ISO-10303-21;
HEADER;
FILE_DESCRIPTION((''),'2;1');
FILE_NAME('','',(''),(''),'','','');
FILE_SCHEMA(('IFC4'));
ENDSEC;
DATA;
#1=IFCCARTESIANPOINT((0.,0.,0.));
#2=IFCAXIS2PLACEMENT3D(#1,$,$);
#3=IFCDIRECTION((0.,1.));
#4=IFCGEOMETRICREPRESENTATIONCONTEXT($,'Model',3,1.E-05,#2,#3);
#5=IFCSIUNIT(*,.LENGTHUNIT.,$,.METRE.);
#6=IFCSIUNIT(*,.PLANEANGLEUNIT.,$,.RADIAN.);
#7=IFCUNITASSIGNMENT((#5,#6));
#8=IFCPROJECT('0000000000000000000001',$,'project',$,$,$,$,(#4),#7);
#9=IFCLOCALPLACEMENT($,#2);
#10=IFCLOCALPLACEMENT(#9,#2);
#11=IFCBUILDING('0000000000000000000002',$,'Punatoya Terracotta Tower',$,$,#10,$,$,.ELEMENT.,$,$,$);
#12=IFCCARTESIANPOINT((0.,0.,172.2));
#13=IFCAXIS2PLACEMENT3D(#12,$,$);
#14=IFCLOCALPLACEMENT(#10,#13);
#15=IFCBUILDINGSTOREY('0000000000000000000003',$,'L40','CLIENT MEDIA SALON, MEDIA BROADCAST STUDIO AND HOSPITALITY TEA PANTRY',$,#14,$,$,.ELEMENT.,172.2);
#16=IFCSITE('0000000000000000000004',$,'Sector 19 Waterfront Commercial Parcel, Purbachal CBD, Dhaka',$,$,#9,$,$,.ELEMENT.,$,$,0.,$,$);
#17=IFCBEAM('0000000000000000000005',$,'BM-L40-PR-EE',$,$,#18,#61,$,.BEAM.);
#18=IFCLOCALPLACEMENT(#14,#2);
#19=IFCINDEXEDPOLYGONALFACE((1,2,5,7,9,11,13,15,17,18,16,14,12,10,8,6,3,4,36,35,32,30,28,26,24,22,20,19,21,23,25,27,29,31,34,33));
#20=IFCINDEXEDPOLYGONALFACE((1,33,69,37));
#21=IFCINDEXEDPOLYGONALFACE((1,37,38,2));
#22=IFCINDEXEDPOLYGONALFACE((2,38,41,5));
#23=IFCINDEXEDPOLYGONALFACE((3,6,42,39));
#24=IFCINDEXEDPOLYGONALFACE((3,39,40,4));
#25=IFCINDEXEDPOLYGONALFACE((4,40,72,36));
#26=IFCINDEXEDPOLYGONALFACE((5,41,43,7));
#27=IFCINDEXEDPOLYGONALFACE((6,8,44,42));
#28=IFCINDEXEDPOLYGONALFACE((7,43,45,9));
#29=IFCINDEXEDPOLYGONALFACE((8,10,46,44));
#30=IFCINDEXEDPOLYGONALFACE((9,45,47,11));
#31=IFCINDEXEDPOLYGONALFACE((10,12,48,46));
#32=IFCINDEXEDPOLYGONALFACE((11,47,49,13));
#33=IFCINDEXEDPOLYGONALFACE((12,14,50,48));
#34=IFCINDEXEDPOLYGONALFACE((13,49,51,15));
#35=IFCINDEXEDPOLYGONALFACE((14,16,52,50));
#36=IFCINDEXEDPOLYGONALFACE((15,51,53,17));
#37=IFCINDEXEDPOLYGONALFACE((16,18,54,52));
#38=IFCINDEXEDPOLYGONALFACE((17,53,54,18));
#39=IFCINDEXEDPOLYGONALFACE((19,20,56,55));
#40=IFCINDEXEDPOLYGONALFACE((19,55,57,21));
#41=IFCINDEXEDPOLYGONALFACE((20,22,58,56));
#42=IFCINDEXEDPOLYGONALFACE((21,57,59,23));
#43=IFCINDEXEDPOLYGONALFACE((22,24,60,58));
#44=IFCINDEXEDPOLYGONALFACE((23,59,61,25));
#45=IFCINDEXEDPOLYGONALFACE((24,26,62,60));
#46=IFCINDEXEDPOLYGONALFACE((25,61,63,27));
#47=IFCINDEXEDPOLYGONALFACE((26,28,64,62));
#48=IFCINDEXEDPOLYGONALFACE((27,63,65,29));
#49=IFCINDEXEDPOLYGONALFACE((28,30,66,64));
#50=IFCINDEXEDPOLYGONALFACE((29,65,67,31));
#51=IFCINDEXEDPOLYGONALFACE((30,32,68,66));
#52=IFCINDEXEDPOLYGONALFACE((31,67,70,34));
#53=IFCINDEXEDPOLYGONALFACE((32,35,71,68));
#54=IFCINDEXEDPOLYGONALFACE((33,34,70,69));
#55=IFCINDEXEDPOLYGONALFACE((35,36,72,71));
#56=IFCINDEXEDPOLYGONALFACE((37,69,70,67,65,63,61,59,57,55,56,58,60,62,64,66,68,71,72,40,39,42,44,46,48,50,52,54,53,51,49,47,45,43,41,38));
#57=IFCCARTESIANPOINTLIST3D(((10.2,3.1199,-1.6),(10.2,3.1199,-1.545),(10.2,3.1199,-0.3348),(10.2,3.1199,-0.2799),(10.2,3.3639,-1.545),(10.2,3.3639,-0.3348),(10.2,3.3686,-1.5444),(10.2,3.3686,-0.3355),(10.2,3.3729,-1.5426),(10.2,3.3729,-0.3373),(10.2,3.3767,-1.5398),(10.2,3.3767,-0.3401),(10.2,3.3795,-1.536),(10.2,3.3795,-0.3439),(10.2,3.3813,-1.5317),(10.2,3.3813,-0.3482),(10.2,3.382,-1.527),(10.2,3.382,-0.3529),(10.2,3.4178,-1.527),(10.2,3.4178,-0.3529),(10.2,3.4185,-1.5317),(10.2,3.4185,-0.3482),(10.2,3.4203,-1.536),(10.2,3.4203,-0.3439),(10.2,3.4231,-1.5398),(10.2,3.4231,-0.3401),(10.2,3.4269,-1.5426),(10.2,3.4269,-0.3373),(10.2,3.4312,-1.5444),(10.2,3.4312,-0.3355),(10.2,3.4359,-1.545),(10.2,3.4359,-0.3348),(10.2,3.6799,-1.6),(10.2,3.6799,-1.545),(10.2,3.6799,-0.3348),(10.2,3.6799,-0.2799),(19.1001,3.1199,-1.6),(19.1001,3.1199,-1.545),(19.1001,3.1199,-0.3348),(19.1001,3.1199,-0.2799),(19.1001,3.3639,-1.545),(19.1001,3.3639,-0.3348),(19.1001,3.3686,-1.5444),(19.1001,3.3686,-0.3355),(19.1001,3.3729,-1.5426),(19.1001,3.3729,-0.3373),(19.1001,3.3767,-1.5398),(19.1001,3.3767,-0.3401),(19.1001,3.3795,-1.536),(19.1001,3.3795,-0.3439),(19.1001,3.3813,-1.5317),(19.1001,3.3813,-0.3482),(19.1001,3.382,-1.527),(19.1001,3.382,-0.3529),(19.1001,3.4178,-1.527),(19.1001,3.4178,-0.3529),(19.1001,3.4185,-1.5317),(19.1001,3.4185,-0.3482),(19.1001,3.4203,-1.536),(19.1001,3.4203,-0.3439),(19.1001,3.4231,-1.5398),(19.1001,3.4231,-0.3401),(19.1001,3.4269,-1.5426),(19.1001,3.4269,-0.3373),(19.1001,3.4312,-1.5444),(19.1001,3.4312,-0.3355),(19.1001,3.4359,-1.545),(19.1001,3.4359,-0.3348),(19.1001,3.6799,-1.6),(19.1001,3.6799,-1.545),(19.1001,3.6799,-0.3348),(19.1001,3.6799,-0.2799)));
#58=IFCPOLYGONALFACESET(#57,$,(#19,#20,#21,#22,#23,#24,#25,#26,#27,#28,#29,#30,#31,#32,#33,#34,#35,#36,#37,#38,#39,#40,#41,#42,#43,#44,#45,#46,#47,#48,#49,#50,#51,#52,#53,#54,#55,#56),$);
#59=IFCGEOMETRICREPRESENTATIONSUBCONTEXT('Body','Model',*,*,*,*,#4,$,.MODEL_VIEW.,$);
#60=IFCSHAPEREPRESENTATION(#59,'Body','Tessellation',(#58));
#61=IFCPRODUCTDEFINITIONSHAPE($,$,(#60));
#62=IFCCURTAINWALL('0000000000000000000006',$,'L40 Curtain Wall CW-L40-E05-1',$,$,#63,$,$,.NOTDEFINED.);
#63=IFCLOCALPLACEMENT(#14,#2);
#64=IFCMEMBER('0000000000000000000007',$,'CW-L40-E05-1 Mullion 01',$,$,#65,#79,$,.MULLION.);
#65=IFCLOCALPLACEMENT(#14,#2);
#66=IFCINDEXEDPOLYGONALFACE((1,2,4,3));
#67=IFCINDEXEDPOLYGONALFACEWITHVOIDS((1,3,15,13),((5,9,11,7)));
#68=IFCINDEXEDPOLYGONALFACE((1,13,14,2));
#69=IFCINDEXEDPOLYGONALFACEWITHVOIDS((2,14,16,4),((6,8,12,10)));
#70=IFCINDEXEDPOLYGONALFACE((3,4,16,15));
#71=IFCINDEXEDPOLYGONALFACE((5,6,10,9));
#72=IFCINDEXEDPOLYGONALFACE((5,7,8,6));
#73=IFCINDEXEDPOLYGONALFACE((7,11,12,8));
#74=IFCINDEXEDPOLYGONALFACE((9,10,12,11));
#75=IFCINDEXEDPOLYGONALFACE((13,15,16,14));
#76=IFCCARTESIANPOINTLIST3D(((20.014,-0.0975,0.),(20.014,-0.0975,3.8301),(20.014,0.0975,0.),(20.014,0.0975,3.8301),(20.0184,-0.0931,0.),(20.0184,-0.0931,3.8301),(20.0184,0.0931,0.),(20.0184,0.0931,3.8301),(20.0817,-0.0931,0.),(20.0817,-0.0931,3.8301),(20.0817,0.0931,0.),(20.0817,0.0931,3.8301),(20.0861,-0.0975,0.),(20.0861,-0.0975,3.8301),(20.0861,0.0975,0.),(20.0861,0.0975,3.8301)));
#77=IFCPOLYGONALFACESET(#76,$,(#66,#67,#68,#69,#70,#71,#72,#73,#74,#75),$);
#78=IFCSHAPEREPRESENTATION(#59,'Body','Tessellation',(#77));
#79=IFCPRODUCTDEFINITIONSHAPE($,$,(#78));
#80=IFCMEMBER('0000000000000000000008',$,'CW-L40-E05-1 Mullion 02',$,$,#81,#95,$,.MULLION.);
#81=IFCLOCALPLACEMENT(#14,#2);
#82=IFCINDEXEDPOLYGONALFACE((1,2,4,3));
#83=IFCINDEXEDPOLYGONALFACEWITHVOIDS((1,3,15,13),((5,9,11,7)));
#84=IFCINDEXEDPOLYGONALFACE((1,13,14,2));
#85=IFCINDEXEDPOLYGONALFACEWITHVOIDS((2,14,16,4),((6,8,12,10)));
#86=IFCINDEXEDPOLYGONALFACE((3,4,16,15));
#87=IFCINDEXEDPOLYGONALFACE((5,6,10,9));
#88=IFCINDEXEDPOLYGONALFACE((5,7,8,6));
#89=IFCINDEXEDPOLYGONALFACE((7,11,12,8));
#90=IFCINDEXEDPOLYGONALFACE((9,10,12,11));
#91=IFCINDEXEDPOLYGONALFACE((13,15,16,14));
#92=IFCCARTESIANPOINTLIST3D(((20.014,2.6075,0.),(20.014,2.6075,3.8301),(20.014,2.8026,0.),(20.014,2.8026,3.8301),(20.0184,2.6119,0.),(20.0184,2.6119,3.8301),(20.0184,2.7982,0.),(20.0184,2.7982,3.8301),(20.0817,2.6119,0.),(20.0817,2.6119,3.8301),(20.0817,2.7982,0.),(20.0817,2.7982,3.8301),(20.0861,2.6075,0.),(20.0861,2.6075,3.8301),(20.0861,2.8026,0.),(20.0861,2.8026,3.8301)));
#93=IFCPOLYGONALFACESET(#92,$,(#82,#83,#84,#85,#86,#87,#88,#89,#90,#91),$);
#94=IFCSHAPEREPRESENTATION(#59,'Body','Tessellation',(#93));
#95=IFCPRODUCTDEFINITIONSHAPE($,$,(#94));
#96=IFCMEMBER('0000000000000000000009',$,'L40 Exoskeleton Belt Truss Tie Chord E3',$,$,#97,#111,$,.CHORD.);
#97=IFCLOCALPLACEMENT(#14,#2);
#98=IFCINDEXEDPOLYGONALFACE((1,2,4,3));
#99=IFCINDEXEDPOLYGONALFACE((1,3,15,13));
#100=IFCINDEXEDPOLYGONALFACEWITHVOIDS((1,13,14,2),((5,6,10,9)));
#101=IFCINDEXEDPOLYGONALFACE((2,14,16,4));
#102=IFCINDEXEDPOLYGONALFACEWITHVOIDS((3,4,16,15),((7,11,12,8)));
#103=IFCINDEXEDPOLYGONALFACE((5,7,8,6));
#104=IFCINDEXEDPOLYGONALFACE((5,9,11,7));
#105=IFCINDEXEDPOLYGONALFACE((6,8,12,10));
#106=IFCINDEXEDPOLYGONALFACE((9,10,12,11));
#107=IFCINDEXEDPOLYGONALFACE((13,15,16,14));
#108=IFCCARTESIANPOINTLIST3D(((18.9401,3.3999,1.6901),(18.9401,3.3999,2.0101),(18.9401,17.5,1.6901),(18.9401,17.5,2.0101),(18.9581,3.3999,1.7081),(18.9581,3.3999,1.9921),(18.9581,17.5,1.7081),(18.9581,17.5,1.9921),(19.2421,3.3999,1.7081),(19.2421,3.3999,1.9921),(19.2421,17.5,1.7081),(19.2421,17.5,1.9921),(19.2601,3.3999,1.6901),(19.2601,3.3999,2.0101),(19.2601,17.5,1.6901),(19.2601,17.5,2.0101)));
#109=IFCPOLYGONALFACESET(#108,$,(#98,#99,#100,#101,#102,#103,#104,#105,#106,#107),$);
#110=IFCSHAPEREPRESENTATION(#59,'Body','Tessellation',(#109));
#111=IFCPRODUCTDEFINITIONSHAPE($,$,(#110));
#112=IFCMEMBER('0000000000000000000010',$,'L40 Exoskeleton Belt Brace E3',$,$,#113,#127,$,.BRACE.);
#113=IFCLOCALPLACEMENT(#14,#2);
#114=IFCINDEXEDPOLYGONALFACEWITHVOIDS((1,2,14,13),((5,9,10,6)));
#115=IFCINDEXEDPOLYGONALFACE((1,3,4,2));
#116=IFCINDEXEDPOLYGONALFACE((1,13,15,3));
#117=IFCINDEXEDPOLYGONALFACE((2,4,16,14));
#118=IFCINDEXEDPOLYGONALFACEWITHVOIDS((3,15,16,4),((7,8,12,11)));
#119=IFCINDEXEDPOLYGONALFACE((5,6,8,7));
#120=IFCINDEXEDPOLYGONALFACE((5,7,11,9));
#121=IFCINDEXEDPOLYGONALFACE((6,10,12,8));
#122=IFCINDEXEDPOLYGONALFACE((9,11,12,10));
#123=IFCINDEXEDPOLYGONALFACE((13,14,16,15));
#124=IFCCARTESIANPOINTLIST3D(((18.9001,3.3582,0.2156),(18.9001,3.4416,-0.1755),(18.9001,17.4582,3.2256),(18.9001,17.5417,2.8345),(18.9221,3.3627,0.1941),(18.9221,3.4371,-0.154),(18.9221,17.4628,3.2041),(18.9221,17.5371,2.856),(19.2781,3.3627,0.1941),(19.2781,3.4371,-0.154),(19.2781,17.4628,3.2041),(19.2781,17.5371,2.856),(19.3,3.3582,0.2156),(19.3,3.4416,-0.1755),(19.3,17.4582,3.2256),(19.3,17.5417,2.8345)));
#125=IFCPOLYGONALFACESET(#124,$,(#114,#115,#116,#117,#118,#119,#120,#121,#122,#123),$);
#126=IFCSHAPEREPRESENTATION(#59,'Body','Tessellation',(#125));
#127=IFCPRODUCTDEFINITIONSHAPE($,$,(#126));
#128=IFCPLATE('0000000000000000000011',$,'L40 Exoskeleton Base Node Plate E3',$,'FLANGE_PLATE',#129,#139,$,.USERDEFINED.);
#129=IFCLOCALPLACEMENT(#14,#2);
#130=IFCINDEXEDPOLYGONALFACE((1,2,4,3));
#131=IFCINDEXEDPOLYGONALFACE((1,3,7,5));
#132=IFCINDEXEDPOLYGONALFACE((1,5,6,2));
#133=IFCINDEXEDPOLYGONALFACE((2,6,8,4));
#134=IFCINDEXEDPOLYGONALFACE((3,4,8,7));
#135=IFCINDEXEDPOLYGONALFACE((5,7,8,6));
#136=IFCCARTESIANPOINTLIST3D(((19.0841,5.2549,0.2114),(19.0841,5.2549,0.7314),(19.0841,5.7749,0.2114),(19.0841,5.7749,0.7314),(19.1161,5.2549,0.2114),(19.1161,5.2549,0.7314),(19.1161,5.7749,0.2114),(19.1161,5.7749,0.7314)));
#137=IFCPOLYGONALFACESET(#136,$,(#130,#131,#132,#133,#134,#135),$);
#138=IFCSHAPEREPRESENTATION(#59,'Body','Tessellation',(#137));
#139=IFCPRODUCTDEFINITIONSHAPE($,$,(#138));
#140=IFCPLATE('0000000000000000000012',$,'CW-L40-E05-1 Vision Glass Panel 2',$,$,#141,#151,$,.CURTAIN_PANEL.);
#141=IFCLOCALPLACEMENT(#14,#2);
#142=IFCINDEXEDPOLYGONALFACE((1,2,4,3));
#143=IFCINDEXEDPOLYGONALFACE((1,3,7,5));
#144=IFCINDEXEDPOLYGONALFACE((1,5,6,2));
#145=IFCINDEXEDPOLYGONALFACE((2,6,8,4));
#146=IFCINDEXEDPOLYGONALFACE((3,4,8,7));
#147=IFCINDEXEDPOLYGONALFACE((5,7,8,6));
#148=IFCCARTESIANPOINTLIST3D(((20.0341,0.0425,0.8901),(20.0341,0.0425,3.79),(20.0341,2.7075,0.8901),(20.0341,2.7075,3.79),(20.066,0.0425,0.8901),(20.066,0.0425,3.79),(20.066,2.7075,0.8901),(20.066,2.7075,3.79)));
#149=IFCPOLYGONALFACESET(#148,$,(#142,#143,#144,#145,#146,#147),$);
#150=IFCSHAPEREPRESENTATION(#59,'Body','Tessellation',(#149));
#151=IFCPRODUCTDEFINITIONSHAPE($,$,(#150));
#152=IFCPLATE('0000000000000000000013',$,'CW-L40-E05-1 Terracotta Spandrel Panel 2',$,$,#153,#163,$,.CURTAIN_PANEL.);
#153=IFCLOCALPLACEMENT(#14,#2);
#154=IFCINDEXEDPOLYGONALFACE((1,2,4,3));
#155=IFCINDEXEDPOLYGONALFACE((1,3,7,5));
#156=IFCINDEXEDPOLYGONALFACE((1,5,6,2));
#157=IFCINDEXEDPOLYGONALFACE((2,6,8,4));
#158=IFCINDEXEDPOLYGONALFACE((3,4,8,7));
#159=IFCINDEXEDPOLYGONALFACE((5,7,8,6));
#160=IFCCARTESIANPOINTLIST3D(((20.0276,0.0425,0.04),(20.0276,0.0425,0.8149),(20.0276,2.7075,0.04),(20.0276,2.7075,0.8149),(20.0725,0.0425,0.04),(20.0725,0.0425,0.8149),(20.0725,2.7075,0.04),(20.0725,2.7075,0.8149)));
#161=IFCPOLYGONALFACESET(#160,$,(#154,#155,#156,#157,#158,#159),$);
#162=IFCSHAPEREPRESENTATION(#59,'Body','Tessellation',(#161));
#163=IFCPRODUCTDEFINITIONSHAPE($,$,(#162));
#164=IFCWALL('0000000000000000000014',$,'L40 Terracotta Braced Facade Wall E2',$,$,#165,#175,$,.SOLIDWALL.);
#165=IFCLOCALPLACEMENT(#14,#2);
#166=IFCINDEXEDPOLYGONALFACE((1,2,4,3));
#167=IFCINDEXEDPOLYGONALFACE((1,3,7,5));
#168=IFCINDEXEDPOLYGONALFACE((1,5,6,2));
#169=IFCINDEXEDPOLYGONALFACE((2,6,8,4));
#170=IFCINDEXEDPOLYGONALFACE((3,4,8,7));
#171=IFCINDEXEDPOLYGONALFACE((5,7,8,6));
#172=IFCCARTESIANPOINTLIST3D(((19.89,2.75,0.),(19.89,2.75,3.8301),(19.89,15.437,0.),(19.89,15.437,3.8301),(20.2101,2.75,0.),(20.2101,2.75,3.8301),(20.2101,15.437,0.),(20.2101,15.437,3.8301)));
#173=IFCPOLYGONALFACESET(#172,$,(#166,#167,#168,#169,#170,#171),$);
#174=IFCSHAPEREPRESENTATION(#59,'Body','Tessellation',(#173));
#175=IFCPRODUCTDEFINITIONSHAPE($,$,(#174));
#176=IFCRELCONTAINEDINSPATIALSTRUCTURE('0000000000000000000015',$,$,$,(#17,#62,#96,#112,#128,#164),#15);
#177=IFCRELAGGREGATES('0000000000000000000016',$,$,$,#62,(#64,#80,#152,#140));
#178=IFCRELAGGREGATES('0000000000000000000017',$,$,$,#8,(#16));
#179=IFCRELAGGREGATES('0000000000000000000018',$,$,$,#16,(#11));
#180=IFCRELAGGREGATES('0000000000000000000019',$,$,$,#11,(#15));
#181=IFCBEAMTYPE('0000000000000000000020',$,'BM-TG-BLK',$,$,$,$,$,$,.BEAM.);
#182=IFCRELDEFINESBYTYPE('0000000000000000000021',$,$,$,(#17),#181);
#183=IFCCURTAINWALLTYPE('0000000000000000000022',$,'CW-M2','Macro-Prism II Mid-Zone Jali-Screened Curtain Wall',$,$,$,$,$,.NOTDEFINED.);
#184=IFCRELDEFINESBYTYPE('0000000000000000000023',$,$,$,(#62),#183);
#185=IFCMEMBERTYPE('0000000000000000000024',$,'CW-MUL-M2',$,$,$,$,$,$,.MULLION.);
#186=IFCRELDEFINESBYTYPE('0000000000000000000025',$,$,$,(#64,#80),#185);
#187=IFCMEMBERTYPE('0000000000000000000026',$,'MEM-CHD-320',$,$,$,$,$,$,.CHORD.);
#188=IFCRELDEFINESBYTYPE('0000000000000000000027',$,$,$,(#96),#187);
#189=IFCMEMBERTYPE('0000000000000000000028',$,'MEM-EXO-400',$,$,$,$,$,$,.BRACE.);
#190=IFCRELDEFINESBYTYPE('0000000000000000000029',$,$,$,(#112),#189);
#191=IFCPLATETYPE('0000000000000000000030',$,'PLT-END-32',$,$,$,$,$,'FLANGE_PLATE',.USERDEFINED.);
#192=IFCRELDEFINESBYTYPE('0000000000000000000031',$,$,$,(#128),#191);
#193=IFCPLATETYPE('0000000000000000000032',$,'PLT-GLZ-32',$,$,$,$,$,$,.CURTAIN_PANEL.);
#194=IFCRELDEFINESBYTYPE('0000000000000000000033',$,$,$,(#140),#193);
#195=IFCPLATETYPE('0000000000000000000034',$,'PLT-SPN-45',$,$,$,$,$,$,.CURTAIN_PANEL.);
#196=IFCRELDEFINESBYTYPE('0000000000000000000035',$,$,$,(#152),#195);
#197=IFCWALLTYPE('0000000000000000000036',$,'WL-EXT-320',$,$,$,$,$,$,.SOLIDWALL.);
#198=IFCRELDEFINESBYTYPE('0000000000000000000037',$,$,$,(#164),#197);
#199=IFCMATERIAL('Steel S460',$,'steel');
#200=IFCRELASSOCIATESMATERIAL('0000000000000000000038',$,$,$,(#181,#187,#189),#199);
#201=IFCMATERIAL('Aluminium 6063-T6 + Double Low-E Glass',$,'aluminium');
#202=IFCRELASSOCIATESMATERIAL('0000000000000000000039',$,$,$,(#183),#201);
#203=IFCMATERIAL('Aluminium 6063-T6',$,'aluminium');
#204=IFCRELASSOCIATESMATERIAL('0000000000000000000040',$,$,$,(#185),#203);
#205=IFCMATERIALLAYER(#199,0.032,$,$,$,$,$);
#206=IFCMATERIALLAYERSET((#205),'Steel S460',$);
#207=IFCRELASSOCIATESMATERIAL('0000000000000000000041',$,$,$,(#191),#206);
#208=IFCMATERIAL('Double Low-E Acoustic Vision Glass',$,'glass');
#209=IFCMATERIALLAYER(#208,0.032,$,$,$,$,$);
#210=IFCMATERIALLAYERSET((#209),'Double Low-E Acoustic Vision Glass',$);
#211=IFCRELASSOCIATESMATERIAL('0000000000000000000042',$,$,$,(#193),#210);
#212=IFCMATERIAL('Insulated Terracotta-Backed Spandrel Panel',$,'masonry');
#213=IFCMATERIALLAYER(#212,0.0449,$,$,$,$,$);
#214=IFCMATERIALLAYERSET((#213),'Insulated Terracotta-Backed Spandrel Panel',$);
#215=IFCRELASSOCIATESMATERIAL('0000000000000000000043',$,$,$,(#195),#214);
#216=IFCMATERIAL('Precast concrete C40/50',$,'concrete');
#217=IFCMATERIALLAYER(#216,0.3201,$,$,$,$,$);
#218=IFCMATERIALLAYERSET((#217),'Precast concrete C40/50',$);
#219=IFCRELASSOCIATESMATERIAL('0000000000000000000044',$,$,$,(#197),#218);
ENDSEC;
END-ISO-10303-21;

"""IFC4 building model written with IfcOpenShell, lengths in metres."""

from ifc_helpers import new_model, si_unit, direction, frame, frame_2d, origin, origin_2d, place, context, subcontext, project, spatial, rectangle, hollow_rectangle, i_section, extrude, material, layer, layer_set, material_profile, profile_set, type_object, element, aggregate, save


model = new_model("IFC4")

# Units and contexts
model_context = context("Model", 3, precision=1e-05, world=origin(), true_north=direction((0.0, 1.0)))
body_context = subcontext(model_context, "Body", "Model", "MODEL_VIEW")
ifc_project = project(units=[si_unit("LENGTHUNIT", "METRE"), si_unit("PLANEANGLEUNIT", "RADIAN")], contexts=[model_context])

# Site, building, storey
site_placement = place(None, origin())
site = spatial("IfcSite", under=ifc_project, at=site_placement, Name="Sector 19 Waterfront Commercial Parcel, Purbachal CBD, Dhaka", CompositionType="ELEMENT", RefElevation=0.0)
building_placement = place(site_placement, origin())
building = spatial("IfcBuilding", under=site, at=building_placement, Name="Punatoya Terracotta Tower", CompositionType="ELEMENT")
storey_placement = place(building_placement, frame((0.0, 0.0, 172.2)))
storey = spatial("IfcBuildingStorey", under=building, at=storey_placement, Name="L40", Description="CLIENT MEDIA SALON, MEDIA BROADCAST STUDIO AND HOSPITALITY TEA PANTRY", CompositionType="ELEMENT", Elevation=172.2)

# Shared definitions
ifc_material_1 = material(Name="Steel S460", Category="steel")

# Beam
ifc_material_profile_1 = material_profile(ifc_material_1, i_section(OverallWidth=0.5601, OverallDepth=1.3201, WebThickness=0.0359, FlangeThickness=0.0549, FilletRadius=0.0181, at=origin_2d()))
ifc_profile_set_1 = profile_set([ifc_material_profile_1], Name="Steel S460")
beam_type_1 = type_object("IfcBeamType", Name="BM-TG-BLK", PredefinedType="BEAM", material=ifc_profile_set_1)
beam_1_placement = place(storey_placement, frame((10.2, 3.3999, -0.9399), z_axis=(1.0, 0.0, 0.0), x_axis=(0.0, 1.0, 0.0)))
element("IfcBeam", 1, at=beam_1_placement, inside=storey, type_object=beam_type_1, Name="BM-L40-PR-EE", PredefinedType="BEAM", context=body_context, shape_type="SweptSolid", body=[
    extrude(i_section(OverallWidth=0.5601, OverallDepth=1.3201, WebThickness=0.0359, FlangeThickness=0.0549, FilletRadius=0.0181, at=origin_2d()), origin(), (0.0, 0.0, 1.0), 8.9001),
])

# Curtain wall, members
ifc_material_2 = material(Name="Aluminium 6063-T6 + Double Low-E Glass", Category="aluminium")
curtain_wall_type = type_object("IfcCurtainWallType", Name="CW-M2", Description="Macro-Prism II Mid-Zone Jali-Screened Curtain Wall", PredefinedType="NOTDEFINED", material=ifc_material_2)
curtain_wall_placement = place(storey_placement, origin())
curtain_wall = element("IfcCurtainWall", 2, at=curtain_wall_placement, inside=storey, type_object=curtain_wall_type, Name="L40 Curtain Wall CW-L40-E05-1", PredefinedType="NOTDEFINED")
ifc_material_3 = material(Name="Aluminium 6063-T6", Category="aluminium")
ifc_material_profile_2 = material_profile(ifc_material_3, hollow_rectangle(XDim=0.072, YDim=0.1951, WallThickness=0.0044, at=origin_2d()))
ifc_profile_set_2 = profile_set([ifc_material_profile_2], Name="Aluminium 6063-T6")
member_type_1 = type_object("IfcMemberType", Name="CW-MUL-M2", PredefinedType="MULLION", material=ifc_profile_set_2)
member_1_placement = place(storey_placement, frame((20.05, 0.0, 0.0), z_axis=(0.0, 0.0, 1.0), x_axis=(1.0, 0.0, 0.0)))
member_1 = element("IfcMember", 3, at=member_1_placement, type_object=member_type_1, Name="CW-L40-E05-1 Mullion 01", PredefinedType="MULLION", context=body_context, shape_type="SweptSolid", body=[
    extrude(hollow_rectangle(XDim=0.072, YDim=0.1951, WallThickness=0.0044, at=origin_2d()), origin(), (0.0, 0.0, 1.0), 3.8301),
])
member_2_placement = place(storey_placement, frame((20.05, 2.7051, 0.0), z_axis=(0.0, 0.0, 1.0), x_axis=(1.0, 0.0, 0.0)))
member_2 = element("IfcMember", 4, at=member_2_placement, type_object=member_type_1, Name="CW-L40-E05-1 Mullion 02", PredefinedType="MULLION", context=body_context, shape_type="SweptSolid", body=[
    extrude(hollow_rectangle(XDim=0.072, YDim=0.1951, WallThickness=0.0044, at=origin_2d()), origin(), (0.0, 0.0, 1.0), 3.8301),
])

# Members
ifc_material_profile_3 = material_profile(ifc_material_1, hollow_rectangle(XDim=0.3201, YDim=0.3201, WallThickness=0.0181, at=origin_2d()))
ifc_profile_set_3 = profile_set([ifc_material_profile_3], Name="Steel S460")
member_type_2 = type_object("IfcMemberType", Name="MEM-CHD-320", PredefinedType="CHORD", material=ifc_profile_set_3)
member_3_placement = place(storey_placement, frame((19.1001, 3.3999, 1.8501), z_axis=(0.0, 1.0, 0.0), x_axis=(-1.0, 0.0, 0.0)))
element("IfcMember", 5, at=member_3_placement, inside=storey, type_object=member_type_2, Name="L40 Exoskeleton Belt Truss Tie Chord E3", PredefinedType="CHORD", context=body_context, shape_type="SweptSolid", body=[
    extrude(hollow_rectangle(XDim=0.3201, YDim=0.3201, WallThickness=0.0181, at=origin_2d()), origin(), (0.0, 0.0, 1.0), 14.1001),
])
ifc_material_profile_4 = material_profile(ifc_material_1, hollow_rectangle(XDim=0.3999, YDim=0.3999, WallThickness=0.022, at=origin_2d()))
ifc_profile_set_4 = profile_set([ifc_material_profile_4], Name="Steel S460")
member_type_3 = type_object("IfcMemberType", Name="MEM-EXO-400", PredefinedType="BRACE", material=ifc_profile_set_4)
member_4_placement = place(storey_placement, frame((19.1001, 3.3999, 0.02), z_axis=(0.0, 0.977965, 0.20877), x_axis=(-1.0, 0.0, 0.0)))
element("IfcMember", 6, at=member_4_placement, inside=storey, type_object=member_type_3, Name="L40 Exoskeleton Belt Brace E3", PredefinedType="BRACE", context=body_context, shape_type="SweptSolid", body=[
    extrude(hollow_rectangle(XDim=0.3999, YDim=0.3999, WallThickness=0.022, at=origin_2d()), origin(), (0.0, 0.0, 1.0), 14.4177),
])

# Plates
ifc_layer_1 = layer(ifc_material_1, 0.032)
ifc_layer_set_1 = layer_set([ifc_layer_1], Name="Steel S460")
plate_type_1 = type_object("IfcPlateType", Name="PLT-END-32", ElementType="FLANGE_PLATE", PredefinedType="USERDEFINED", material=ifc_layer_set_1)
plate_1_placement = place(storey_placement, frame((19.1001, 5.5149, 0.2114), z_axis=(0.0, 0.0, 1.0), x_axis=(0.0, 1.0, 0.0)))
element("IfcPlate", 7, at=plate_1_placement, inside=storey, type_object=plate_type_1, Name="L40 Exoskeleton Base Node Plate E3", ObjectType="FLANGE_PLATE", PredefinedType="USERDEFINED", context=body_context, shape_type="SweptSolid", body=[
    extrude(rectangle(XDim=0.52, YDim=0.032, at=origin_2d()), origin(), (0.0, 0.0, 1.0), 0.52),
])
ifc_material_4 = material(Name="Double Low-E Acoustic Vision Glass", Category="glass")
ifc_layer_2 = layer(ifc_material_4, 0.032)
ifc_layer_set_2 = layer_set([ifc_layer_2], Name="Double Low-E Acoustic Vision Glass")
plate_type_2 = type_object("IfcPlateType", Name="PLT-GLZ-32", PredefinedType="CURTAIN_PANEL", material=ifc_layer_set_2)
plate_2_placement = place(storey_placement, frame((20.05, 1.375, 0.8901), z_axis=(0.0, 0.0, 1.0), x_axis=(0.0, 1.0, 0.0)))
plate_2 = element("IfcPlate", 8, at=plate_2_placement, type_object=plate_type_2, Name="CW-L40-E05-1 Vision Glass Panel 2", PredefinedType="CURTAIN_PANEL", context=body_context, shape_type="SweptSolid", body=[
    extrude(rectangle(XDim=2.665, YDim=0.032, at=origin_2d()), origin(), (0.0, 0.0, 1.0), 2.8999),
])
ifc_material_5 = material(Name="Insulated Terracotta-Backed Spandrel Panel", Category="masonry")
ifc_layer_3 = layer(ifc_material_5, 0.0449)
ifc_layer_set_3 = layer_set([ifc_layer_3], Name="Insulated Terracotta-Backed Spandrel Panel")
plate_type_3 = type_object("IfcPlateType", Name="PLT-SPN-45", PredefinedType="CURTAIN_PANEL", material=ifc_layer_set_3)
plate_3_placement = place(storey_placement, frame((20.05, 1.375, 0.04), z_axis=(0.0, 0.0, 1.0), x_axis=(0.0, 1.0, 0.0)))
plate_3 = element("IfcPlate", 9, at=plate_3_placement, type_object=plate_type_3, Name="CW-L40-E05-1 Terracotta Spandrel Panel 2", PredefinedType="CURTAIN_PANEL", context=body_context, shape_type="SweptSolid", body=[
    extrude(rectangle(XDim=2.665, YDim=0.0449, at=origin_2d()), origin(), (0.0, 0.0, 1.0), 0.7749),
])
aggregate(curtain_wall, [member_1, member_2, plate_3, plate_2])

# Wall
ifc_material_6 = material(Name="Precast concrete C40/50", Category="concrete")
ifc_layer_4 = layer(ifc_material_6, 0.3201)
ifc_layer_set_4 = layer_set([ifc_layer_4], Name="Precast concrete C40/50")
wall_type_1 = type_object("IfcWallType", Name="WL-EXT-320", PredefinedType="SOLIDWALL", material=ifc_layer_set_4)
wall_1_placement = place(storey_placement, frame((20.05, 2.75, 0.0), z_axis=(0.0, 0.0, 1.0), x_axis=(0.0, 1.0, 0.0)))
element("IfcWall", 10, at=wall_1_placement, inside=storey, type_object=wall_type_1, Name="L40 Terracotta Braced Facade Wall E2", PredefinedType="SOLIDWALL", context=body_context, shape_type="SweptSolid", body=[
    extrude(rectangle(XDim=12.687, YDim=0.3201, at=frame_2d((6.3435, 0.0))), origin(), (0.0, 0.0, 1.0), 3.8301),
])

save(model, "model.ifc")
